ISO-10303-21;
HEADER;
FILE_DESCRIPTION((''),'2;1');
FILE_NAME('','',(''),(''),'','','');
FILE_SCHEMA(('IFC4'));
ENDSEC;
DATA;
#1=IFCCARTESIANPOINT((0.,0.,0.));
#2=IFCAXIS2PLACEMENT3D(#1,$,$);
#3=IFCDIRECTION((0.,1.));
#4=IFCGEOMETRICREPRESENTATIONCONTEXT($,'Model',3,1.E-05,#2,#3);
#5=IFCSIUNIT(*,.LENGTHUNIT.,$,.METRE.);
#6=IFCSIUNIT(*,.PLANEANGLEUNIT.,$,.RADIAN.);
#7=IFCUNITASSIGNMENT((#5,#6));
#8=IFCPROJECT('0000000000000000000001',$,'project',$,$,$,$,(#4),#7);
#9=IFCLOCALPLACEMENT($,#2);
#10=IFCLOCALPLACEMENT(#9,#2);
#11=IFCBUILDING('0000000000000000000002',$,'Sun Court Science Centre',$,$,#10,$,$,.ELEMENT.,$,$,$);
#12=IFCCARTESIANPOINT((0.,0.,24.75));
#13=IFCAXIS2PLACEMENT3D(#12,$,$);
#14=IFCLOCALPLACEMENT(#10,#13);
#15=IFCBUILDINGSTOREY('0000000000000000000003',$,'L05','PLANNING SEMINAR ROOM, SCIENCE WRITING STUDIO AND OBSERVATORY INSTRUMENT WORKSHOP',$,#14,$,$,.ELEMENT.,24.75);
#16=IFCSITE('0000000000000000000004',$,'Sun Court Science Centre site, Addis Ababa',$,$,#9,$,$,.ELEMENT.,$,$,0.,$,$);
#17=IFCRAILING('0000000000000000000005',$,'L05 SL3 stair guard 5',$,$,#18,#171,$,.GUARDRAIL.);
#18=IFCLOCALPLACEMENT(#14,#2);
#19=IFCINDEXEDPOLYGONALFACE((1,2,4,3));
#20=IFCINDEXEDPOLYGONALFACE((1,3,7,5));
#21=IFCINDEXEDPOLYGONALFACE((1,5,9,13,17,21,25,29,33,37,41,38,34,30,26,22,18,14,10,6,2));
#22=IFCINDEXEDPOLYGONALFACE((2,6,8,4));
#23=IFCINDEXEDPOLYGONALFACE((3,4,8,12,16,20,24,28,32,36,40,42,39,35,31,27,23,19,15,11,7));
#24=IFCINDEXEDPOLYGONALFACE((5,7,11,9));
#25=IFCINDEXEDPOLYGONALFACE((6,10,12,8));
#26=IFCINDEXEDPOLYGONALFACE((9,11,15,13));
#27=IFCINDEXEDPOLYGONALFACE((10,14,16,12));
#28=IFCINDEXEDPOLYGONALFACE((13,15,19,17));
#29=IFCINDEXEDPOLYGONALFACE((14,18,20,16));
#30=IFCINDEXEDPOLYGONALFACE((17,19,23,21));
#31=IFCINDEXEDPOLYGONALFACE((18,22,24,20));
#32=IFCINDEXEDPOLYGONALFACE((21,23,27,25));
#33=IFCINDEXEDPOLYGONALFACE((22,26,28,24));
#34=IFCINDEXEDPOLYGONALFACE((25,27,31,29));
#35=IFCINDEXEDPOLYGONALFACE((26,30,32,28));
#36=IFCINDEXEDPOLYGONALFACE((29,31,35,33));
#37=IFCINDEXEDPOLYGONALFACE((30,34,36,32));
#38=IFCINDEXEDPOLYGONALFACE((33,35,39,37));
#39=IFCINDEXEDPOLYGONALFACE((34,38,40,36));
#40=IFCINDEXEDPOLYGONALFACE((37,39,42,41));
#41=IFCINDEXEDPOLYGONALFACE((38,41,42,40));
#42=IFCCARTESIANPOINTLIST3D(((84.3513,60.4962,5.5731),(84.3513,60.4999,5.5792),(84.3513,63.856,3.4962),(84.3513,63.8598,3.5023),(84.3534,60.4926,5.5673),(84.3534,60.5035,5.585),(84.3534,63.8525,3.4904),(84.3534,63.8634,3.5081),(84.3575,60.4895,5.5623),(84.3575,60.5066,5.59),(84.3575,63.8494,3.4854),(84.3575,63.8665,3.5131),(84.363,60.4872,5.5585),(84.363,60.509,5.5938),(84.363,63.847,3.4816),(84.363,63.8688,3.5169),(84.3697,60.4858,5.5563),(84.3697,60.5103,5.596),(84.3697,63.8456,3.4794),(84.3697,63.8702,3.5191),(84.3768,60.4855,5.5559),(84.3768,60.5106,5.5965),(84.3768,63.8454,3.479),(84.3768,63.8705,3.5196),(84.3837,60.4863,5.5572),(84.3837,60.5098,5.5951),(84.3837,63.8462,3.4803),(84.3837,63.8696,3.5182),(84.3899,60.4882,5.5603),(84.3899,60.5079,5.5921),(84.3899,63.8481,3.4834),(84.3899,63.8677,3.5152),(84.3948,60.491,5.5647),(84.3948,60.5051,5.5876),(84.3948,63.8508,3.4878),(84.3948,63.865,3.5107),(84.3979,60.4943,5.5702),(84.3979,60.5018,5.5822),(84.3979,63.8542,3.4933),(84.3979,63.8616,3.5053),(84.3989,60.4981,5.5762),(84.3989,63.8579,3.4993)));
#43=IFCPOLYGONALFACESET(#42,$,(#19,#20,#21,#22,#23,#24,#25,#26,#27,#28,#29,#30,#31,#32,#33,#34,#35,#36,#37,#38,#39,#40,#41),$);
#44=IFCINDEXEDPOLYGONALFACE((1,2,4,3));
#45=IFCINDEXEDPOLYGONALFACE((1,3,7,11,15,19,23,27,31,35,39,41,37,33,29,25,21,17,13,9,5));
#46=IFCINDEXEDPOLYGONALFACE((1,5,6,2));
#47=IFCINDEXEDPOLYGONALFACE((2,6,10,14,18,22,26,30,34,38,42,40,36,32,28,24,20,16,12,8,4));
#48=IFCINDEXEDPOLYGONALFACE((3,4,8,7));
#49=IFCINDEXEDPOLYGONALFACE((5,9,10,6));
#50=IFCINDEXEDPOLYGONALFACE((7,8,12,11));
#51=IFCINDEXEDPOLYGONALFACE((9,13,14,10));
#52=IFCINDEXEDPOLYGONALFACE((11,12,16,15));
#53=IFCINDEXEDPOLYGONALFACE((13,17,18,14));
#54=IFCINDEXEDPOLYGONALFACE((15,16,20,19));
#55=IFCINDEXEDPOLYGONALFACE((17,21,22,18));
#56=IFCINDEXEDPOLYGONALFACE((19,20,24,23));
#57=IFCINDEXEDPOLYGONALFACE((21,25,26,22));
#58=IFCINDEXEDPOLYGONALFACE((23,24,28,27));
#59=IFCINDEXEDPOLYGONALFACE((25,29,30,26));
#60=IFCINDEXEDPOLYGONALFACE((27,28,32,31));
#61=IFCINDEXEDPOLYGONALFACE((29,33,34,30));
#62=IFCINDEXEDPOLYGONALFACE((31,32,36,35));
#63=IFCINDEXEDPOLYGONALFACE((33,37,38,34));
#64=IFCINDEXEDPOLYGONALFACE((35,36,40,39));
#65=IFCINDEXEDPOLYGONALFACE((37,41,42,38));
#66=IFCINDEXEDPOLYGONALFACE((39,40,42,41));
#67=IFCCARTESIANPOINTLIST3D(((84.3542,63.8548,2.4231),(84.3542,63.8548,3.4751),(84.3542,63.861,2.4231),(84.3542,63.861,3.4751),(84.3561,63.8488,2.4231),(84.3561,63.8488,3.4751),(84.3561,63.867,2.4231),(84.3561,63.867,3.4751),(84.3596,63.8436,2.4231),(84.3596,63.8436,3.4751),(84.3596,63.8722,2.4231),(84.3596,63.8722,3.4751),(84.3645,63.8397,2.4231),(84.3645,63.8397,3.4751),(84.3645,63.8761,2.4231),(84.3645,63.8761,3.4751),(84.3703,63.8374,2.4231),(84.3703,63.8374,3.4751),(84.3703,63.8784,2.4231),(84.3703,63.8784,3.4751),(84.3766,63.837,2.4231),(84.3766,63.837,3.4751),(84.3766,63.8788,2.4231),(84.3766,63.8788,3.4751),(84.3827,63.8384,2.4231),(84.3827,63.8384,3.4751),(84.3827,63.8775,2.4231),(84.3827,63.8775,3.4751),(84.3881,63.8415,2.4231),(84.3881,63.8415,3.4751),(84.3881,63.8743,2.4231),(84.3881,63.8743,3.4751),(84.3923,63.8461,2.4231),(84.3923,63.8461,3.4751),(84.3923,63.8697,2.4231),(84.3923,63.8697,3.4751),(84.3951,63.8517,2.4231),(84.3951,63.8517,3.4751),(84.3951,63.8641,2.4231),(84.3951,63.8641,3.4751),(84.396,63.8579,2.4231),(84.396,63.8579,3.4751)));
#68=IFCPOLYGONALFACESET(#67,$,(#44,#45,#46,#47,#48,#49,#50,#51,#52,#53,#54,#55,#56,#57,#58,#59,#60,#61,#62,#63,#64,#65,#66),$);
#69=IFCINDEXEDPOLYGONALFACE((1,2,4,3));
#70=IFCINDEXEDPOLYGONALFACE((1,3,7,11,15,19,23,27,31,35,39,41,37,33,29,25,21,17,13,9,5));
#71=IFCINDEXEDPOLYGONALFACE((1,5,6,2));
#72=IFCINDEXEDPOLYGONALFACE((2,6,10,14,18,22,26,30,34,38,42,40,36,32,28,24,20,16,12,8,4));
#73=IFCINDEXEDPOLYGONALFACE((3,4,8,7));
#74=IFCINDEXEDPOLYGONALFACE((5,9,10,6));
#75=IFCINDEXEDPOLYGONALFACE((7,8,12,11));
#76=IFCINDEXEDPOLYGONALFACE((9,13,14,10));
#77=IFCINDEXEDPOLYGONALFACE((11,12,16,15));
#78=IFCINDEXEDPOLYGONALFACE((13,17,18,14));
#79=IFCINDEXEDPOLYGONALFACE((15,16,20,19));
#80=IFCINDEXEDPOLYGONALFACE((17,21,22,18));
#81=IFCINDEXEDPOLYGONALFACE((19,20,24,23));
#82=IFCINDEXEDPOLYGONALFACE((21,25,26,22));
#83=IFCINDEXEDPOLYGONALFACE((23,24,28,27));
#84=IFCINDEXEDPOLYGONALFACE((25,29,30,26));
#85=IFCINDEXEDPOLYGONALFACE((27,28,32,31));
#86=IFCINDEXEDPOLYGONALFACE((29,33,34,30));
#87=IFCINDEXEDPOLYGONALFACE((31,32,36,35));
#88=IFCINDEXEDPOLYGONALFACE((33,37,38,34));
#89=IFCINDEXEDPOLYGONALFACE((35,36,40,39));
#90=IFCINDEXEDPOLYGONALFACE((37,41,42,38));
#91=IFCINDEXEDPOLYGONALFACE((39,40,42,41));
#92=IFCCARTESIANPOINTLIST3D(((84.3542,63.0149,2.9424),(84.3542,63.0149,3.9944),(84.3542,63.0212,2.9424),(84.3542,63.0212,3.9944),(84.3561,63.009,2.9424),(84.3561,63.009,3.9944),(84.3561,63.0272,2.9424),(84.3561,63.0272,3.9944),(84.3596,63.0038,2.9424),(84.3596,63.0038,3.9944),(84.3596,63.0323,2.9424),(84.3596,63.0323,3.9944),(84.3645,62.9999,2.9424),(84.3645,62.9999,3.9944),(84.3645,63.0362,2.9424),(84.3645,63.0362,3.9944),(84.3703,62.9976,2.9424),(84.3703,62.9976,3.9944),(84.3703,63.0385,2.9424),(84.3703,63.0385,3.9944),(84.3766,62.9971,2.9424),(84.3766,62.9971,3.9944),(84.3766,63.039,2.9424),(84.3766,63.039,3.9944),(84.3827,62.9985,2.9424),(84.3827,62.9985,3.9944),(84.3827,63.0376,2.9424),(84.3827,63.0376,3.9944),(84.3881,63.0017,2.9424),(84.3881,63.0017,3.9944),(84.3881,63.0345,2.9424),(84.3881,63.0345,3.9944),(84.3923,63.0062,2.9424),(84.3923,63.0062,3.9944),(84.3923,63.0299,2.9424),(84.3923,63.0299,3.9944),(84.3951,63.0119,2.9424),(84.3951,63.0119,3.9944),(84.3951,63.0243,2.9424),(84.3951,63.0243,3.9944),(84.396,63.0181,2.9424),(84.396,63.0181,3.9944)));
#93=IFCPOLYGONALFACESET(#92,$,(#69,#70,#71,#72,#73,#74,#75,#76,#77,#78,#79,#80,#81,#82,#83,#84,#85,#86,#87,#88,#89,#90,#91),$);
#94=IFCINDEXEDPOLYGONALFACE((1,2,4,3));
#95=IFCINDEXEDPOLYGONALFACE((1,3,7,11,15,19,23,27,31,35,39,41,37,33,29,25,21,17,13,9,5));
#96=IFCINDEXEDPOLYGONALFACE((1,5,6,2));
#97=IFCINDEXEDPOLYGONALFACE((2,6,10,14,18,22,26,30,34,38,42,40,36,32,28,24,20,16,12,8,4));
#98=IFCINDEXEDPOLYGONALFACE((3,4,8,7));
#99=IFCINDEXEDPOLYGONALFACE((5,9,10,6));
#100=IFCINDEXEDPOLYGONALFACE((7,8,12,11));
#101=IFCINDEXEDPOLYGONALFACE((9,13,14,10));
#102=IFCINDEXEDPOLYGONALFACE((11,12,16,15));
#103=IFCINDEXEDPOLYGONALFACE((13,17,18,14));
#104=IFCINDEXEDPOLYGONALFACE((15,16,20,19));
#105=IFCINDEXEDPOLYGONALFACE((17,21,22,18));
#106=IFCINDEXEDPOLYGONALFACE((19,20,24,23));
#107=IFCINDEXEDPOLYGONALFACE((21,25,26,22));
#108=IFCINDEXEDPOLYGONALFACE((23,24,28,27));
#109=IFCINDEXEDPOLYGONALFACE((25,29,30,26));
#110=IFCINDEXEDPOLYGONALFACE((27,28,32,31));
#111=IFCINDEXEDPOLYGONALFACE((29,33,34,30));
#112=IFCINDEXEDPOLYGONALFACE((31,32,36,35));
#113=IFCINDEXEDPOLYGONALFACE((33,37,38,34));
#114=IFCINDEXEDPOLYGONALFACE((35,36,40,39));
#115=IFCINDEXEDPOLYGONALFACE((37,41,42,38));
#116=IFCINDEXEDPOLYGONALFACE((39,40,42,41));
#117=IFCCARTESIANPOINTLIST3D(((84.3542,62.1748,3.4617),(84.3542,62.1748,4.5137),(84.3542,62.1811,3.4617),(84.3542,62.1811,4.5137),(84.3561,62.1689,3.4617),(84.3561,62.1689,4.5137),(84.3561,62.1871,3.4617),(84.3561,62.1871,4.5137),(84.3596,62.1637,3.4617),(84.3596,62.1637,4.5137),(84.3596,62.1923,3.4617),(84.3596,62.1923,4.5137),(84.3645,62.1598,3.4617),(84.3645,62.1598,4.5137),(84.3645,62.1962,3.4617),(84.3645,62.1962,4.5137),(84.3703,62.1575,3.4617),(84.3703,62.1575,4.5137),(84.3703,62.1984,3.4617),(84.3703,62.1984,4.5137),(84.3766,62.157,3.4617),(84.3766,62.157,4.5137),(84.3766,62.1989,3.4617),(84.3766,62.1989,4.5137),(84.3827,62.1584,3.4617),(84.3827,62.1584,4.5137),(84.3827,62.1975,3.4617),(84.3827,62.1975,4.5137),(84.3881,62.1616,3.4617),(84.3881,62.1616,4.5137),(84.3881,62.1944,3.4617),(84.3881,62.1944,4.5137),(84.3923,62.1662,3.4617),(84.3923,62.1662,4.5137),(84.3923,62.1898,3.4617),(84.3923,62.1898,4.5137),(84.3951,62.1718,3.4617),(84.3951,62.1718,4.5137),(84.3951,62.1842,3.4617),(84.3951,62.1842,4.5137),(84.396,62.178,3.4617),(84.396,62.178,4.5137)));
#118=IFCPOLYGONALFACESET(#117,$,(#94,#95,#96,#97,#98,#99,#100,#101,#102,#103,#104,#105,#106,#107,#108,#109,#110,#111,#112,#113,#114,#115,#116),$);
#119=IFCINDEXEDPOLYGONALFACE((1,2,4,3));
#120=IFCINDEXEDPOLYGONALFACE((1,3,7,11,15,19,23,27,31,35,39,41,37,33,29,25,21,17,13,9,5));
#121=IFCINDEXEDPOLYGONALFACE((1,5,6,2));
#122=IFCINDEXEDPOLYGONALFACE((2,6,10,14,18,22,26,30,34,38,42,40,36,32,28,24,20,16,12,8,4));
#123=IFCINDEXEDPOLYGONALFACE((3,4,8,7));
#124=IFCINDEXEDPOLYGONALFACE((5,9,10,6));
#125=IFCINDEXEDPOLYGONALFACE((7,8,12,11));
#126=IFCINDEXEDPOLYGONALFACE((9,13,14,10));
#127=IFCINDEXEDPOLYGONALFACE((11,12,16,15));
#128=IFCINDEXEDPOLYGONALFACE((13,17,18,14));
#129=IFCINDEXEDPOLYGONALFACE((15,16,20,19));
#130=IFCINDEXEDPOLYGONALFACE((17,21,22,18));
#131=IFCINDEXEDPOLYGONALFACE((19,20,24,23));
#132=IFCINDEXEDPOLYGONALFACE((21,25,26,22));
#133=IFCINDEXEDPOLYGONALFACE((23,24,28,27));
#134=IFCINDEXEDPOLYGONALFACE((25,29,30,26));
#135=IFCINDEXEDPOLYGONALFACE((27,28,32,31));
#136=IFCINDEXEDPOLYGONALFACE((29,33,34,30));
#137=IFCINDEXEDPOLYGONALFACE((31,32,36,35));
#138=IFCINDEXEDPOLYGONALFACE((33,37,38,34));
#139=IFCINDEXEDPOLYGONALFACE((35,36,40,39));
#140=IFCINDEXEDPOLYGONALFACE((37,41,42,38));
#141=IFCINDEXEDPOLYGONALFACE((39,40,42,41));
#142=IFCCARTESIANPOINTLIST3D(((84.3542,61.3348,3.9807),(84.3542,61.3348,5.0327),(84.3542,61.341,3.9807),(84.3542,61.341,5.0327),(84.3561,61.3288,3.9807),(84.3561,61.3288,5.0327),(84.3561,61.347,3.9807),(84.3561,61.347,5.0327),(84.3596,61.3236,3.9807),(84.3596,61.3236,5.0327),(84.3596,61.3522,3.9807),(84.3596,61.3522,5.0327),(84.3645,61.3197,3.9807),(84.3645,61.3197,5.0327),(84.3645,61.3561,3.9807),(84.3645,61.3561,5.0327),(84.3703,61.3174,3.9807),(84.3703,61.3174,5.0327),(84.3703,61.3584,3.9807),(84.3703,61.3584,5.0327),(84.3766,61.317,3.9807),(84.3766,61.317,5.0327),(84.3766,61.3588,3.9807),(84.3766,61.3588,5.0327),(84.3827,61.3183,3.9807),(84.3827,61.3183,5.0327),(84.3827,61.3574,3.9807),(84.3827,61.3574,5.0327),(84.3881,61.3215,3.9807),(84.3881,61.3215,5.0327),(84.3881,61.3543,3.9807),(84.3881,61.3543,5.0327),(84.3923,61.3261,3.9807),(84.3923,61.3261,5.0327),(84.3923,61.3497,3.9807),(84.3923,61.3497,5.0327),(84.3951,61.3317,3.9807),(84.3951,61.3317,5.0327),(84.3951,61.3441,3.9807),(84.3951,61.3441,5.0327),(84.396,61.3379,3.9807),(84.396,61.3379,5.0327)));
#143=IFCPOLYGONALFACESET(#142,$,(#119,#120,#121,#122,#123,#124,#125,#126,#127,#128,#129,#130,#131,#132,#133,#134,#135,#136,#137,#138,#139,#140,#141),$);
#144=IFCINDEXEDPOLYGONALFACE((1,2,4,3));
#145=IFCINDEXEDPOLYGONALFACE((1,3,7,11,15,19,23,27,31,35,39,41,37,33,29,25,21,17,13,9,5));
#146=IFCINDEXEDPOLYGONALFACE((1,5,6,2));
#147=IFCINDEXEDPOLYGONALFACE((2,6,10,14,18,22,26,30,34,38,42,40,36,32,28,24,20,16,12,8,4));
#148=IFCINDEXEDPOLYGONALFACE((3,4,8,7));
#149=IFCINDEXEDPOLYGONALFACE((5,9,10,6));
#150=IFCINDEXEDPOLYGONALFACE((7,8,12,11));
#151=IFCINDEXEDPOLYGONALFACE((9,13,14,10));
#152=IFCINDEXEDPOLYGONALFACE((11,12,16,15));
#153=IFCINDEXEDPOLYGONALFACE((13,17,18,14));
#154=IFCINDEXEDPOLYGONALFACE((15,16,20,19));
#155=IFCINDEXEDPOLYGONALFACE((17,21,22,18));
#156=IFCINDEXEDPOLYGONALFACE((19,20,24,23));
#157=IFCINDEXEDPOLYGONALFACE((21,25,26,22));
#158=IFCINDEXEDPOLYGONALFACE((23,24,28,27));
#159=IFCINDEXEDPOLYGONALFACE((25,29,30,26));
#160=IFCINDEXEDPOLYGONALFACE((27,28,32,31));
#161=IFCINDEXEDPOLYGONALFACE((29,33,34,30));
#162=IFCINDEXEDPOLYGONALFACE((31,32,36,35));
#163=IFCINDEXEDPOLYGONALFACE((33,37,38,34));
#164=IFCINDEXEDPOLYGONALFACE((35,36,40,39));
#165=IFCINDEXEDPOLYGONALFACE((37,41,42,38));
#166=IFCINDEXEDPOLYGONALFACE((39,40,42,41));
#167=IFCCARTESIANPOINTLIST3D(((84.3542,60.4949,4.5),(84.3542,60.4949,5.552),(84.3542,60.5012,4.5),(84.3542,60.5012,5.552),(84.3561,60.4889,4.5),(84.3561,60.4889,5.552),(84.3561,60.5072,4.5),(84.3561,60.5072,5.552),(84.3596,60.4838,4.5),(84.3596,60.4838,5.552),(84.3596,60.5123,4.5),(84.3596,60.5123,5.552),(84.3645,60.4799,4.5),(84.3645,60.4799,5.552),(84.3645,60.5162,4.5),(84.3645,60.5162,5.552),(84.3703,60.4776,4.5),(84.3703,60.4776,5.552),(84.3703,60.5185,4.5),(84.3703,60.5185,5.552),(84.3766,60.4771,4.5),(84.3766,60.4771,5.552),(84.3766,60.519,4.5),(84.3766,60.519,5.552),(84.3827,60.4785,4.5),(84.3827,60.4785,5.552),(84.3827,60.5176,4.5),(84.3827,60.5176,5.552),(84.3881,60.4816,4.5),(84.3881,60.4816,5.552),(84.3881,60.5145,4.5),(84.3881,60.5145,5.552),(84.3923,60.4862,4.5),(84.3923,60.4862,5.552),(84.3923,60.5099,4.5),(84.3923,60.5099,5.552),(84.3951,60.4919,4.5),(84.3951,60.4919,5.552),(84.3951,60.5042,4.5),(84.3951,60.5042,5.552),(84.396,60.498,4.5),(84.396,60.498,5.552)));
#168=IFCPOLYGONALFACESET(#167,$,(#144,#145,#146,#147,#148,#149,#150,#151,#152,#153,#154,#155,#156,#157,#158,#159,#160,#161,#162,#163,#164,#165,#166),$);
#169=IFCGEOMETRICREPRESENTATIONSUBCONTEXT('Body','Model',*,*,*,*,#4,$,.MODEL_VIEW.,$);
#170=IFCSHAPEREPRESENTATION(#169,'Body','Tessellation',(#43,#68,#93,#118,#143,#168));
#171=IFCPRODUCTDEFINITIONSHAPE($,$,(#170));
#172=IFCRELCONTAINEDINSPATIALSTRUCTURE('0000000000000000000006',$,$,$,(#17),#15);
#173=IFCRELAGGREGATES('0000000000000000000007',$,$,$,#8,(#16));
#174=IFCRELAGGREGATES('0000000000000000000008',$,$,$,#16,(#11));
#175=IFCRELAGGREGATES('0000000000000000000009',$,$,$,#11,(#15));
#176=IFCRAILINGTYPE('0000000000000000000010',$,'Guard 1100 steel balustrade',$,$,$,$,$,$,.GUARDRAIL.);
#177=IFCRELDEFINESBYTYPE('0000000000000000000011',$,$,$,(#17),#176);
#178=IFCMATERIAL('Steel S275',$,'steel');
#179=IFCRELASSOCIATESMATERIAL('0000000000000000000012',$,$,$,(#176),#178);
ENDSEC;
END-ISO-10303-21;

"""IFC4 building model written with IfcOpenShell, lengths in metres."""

from ifc_helpers import new_model, si_unit, direction, frame, origin, origin_2d, place, context, subcontext, project, spatial, circle, extrude, material, type_object, element, save


model = new_model("IFC4")

# Units and contexts
model_context = context("Model", 3, precision=1e-05, world=origin(), true_north=direction((0.0, 1.0)))
body_context = subcontext(model_context, "Body", "Model", "MODEL_VIEW")
ifc_project = project(units=[si_unit("LENGTHUNIT", "METRE"), si_unit("PLANEANGLEUNIT", "RADIAN")], contexts=[model_context])

# Site, building, storey
site_placement = place(None, origin())
site = spatial("IfcSite", under=ifc_project, at=site_placement, Name="Sun Court Science Centre site, Addis Ababa", CompositionType="ELEMENT", RefElevation=0.0)
building_placement = place(site_placement, origin())
building = spatial("IfcBuilding", under=site, at=building_placement, Name="Sun Court Science Centre", CompositionType="ELEMENT")
storey_placement = place(building_placement, frame((0.0, 0.0, 24.75)))
storey = spatial("IfcBuildingStorey", under=building, at=storey_placement, Name="L05", Description="PLANNING SEMINAR ROOM, SCIENCE WRITING STUDIO AND OBSERVATORY INSTRUMENT WORKSHOP", CompositionType="ELEMENT", Elevation=24.75)

# Railing
ifc_material_1 = material(Name="Steel S275", Category="steel")
railing_type_1 = type_object("IfcRailingType", Name="Guard 1100 steel balustrade", PredefinedType="GUARDRAIL", material=ifc_material_1)
railing_1_placement = place(storey_placement, frame((84.375, 63.8579, 2.4231)))
element("IfcRailing", 1, at=railing_1_placement, inside=storey, type_object=railing_type_1, Name="L05 SL3 stair guard 5", PredefinedType="GUARDRAIL", context=body_context, shape_type="SweptSolid", body=[
    extrude(circle(Radius=0.0239, at=origin_2d()), frame((0.0, 0.0, 1.0762), z_axis=(0.0, -0.850606, 0.525803), x_axis=(1.0, 0.0, 0.0)), (0.0, 0.0, 1.0), 3.95),
    extrude(circle(Radius=0.021, at=origin_2d()), origin(), (0.0, 0.0, 1.0), 1.052),
    extrude(circle(Radius=0.021, at=origin_2d()), frame((0.0, -0.8398, 0.5193)), (0.0, 0.0, 1.0), 1.052),
    extrude(circle(Radius=0.021, at=origin_2d()), frame((0.0, -1.6799, 1.0386)), (0.0, 0.0, 1.0), 1.052),
    extrude(circle(Radius=0.021, at=origin_2d()), frame((0.0, -2.52, 1.5576)), (0.0, 0.0, 1.0), 1.052),
    extrude(circle(Radius=0.021, at=origin_2d()), frame((0.0, -3.3599, 2.0769)), (0.0, 0.0, 1.0), 1.052),
])

save(model, "model.ifc")
